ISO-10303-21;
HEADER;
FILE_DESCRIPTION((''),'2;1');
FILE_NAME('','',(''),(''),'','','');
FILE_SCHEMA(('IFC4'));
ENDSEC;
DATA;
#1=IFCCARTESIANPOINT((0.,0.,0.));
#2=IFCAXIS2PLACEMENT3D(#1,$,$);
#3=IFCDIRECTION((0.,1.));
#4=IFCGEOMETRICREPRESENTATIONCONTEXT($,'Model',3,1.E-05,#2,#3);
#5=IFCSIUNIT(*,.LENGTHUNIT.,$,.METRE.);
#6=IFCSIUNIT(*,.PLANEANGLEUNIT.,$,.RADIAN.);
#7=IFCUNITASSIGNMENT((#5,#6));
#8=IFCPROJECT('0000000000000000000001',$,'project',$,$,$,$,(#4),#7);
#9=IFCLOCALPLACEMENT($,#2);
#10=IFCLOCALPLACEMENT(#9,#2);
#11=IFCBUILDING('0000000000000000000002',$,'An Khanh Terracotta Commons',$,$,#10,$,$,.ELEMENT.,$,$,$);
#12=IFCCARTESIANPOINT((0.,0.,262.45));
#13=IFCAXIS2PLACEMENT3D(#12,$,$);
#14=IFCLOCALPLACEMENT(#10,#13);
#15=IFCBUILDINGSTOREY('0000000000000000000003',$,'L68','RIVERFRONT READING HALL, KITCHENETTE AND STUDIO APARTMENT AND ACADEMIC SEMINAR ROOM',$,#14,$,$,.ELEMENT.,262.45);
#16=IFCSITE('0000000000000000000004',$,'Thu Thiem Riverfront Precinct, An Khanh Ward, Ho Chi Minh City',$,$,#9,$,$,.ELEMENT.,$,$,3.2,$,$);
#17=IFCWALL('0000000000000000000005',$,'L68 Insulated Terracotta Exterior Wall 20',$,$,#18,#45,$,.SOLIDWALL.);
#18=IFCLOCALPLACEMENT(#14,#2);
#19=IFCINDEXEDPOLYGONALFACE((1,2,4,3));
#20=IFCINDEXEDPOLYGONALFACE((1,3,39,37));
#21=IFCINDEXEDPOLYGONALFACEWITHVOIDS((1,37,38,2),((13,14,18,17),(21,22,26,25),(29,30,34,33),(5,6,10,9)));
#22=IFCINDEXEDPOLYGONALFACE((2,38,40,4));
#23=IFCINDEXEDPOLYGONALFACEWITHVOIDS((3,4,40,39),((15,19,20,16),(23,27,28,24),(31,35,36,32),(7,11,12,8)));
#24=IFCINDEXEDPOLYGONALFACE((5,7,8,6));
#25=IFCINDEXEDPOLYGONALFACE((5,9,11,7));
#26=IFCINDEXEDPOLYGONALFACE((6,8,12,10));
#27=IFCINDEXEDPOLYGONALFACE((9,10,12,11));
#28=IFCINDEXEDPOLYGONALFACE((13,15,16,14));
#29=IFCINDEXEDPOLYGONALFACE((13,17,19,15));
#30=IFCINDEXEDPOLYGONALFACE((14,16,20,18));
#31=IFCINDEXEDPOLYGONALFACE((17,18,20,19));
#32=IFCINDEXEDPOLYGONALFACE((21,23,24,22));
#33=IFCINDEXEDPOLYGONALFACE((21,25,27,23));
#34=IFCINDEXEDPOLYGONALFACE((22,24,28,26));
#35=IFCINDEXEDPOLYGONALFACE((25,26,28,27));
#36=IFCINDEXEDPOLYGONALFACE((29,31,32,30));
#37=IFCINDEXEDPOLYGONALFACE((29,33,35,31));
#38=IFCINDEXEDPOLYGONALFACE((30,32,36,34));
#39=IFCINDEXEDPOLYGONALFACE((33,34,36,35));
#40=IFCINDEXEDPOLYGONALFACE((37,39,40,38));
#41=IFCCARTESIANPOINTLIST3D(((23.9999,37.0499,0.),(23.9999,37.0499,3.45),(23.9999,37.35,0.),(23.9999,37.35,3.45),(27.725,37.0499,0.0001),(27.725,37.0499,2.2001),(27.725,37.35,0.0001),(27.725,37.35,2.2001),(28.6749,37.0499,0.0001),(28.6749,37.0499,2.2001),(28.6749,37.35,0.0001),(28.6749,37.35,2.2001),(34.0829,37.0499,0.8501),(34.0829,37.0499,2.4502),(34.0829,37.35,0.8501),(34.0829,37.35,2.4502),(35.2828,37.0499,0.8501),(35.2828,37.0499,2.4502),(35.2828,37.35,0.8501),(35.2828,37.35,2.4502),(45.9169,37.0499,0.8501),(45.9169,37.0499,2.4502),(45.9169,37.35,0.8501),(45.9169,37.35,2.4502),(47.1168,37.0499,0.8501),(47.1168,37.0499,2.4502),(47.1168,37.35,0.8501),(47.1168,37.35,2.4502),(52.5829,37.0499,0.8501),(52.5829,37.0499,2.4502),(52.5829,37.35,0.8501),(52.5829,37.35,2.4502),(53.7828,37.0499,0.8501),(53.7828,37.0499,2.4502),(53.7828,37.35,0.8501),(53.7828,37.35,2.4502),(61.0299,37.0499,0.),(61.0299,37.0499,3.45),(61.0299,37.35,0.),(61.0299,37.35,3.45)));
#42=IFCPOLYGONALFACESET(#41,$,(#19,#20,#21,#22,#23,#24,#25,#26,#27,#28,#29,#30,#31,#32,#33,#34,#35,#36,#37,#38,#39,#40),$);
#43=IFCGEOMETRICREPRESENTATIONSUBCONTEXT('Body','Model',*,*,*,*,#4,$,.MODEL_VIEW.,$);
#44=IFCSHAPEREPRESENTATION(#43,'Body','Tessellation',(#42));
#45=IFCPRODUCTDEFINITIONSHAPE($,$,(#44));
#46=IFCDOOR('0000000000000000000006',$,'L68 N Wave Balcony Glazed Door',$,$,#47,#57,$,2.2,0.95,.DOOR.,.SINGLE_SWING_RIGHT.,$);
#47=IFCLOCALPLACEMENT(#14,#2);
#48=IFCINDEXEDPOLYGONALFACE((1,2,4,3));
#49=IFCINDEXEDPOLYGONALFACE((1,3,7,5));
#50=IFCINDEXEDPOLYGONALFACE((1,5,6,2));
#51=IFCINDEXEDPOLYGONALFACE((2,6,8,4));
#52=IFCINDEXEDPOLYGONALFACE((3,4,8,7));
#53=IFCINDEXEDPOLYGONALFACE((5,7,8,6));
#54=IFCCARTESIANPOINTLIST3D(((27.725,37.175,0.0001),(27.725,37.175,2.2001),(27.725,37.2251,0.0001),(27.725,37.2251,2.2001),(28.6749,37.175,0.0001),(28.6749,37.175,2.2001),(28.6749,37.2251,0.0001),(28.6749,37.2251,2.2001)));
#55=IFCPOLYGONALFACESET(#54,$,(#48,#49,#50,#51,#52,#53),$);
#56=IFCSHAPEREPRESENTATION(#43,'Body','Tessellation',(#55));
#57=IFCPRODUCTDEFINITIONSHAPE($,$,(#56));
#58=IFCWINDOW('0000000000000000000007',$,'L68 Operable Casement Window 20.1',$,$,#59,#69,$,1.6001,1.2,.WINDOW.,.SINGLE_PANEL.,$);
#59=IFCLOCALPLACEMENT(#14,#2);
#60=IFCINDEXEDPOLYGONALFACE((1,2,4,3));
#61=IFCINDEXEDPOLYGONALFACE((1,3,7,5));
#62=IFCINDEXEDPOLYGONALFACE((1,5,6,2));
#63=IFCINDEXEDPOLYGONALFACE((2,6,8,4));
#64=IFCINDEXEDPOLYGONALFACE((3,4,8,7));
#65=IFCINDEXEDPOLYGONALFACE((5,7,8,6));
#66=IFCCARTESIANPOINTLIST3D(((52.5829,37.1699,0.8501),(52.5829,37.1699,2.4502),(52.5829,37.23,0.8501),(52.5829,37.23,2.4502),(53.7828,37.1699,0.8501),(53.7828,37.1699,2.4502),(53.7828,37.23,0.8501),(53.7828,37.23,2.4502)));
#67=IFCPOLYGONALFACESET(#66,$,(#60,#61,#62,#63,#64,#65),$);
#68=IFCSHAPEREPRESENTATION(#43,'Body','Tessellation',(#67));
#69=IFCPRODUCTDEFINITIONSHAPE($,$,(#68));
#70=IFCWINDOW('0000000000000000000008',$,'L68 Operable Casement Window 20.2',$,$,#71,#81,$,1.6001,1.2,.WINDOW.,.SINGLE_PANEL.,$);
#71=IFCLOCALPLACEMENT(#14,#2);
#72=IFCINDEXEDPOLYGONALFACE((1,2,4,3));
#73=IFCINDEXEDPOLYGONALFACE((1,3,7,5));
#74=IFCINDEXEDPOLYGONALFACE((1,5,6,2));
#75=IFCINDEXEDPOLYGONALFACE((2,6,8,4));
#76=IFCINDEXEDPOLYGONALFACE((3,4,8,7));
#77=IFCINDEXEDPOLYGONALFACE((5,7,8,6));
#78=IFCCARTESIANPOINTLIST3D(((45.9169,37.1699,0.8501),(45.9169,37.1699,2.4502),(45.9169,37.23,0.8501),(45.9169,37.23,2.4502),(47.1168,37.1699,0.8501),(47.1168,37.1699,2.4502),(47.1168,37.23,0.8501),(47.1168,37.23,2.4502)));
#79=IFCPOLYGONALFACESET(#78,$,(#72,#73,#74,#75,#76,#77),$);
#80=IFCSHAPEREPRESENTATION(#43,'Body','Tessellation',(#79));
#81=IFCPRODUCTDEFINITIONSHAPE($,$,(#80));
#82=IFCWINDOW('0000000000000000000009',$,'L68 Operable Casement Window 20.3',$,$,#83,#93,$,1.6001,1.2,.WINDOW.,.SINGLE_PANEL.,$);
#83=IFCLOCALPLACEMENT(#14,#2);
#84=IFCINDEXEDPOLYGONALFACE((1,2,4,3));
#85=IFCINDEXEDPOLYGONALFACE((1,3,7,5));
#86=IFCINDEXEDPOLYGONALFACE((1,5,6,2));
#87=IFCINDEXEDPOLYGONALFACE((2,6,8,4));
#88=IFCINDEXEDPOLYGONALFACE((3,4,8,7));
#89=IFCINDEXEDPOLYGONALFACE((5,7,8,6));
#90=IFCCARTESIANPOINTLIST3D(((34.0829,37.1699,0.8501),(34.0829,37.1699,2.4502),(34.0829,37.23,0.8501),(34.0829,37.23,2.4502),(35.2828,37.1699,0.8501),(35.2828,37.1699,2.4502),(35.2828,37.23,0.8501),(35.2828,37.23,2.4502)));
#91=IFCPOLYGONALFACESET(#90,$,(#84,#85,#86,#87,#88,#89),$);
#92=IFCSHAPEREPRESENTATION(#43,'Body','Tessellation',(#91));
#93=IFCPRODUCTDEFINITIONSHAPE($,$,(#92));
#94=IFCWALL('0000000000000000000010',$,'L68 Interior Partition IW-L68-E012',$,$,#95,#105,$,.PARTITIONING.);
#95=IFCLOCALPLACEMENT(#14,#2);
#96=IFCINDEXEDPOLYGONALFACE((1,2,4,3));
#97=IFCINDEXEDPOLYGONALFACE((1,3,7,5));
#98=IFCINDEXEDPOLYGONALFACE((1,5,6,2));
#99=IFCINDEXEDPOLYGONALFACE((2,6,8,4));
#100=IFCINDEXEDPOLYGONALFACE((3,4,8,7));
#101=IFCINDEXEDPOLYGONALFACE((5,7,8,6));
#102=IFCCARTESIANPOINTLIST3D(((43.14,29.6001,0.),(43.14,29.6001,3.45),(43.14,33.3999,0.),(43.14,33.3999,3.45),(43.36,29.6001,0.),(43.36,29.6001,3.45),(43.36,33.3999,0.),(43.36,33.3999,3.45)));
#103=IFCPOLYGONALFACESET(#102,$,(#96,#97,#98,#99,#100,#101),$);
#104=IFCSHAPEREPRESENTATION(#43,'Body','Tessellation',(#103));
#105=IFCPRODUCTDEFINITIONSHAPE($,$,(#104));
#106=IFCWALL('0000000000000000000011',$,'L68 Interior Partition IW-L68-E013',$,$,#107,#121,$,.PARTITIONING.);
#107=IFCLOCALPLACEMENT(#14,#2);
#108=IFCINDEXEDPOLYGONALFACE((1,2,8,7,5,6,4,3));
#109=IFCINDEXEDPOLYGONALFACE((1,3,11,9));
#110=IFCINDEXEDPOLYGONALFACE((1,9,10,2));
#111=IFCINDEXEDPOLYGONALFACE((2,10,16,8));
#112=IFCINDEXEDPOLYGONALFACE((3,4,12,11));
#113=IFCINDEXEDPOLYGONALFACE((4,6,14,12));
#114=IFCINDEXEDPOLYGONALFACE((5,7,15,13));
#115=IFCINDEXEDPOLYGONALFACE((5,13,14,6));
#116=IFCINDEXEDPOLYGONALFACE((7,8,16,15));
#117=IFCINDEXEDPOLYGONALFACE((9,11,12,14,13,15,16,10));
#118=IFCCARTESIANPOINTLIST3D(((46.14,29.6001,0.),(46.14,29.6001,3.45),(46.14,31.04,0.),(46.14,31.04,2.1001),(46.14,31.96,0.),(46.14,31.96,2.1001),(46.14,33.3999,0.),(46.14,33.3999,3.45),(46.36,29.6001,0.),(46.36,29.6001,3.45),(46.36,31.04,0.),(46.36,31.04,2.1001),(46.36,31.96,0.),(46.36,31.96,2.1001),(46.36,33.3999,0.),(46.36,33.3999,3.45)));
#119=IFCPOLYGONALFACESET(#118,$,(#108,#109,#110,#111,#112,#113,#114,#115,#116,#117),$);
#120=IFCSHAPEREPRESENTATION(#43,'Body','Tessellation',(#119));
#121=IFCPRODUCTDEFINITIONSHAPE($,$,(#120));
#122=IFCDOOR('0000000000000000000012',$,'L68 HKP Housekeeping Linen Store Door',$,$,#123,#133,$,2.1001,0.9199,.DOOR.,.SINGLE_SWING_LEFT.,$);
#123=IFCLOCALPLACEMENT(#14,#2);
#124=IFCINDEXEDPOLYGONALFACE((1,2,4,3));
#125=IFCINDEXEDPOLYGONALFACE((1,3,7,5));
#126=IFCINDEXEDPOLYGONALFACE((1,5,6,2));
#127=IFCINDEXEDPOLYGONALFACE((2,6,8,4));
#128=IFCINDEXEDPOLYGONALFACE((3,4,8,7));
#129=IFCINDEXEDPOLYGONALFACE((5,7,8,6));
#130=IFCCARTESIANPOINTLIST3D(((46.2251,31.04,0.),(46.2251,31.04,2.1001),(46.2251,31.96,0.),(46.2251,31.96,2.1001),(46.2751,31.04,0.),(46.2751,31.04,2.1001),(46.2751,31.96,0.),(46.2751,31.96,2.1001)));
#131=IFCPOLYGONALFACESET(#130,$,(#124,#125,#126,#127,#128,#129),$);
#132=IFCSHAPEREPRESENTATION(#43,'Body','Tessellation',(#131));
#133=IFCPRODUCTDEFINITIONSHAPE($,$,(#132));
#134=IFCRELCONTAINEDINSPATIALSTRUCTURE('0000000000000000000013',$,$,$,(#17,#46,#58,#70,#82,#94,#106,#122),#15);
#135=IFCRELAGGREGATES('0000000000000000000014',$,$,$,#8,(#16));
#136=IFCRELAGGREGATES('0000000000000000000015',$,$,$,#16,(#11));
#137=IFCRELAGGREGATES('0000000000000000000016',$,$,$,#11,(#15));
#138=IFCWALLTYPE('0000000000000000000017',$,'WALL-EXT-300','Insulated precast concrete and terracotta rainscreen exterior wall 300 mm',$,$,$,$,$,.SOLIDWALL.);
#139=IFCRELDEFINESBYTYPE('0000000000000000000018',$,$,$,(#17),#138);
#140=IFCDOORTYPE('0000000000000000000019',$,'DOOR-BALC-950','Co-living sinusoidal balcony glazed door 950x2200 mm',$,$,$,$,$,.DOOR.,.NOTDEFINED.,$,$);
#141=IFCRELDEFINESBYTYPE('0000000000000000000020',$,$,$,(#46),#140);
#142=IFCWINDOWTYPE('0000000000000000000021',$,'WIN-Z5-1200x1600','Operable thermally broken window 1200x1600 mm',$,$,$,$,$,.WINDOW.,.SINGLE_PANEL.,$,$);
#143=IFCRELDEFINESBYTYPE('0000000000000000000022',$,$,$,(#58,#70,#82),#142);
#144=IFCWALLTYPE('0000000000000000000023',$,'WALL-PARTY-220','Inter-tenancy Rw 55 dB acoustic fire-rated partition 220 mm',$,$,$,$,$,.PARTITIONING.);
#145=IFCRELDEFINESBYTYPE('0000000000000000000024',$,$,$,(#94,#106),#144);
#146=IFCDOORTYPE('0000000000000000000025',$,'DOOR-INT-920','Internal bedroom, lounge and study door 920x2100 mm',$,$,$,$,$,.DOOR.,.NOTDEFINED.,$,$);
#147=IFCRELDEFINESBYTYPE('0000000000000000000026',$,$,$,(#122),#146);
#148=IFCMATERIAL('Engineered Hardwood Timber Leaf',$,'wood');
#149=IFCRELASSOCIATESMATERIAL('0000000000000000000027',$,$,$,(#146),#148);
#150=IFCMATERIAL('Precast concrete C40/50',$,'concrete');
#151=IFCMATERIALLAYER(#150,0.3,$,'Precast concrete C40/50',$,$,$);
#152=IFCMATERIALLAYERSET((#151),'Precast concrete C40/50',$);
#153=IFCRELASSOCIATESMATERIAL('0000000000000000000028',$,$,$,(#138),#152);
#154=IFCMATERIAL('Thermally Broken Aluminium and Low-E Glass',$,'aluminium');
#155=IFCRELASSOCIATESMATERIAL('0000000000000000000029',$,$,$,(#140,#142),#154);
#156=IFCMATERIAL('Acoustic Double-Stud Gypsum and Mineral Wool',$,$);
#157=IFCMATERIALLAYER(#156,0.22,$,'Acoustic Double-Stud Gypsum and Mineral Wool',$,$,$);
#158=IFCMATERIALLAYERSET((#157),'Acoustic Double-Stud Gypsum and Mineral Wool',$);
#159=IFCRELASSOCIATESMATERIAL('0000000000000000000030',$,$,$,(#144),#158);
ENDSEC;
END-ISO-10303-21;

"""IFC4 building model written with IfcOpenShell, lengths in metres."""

from ifc_helpers import new_model, si_unit, direction, frame, frame_2d, origin, place, context, subcontext, project, spatial, rectangle, extrude, material, layer, layer_set, type_object, element, fill, save


model = new_model("IFC4")

# Units and contexts
model_context = context("Model", 3, precision=1e-05, world=origin(), true_north=direction((0.0, 1.0)))
body_context = subcontext(model_context, "Body", "Model", "MODEL_VIEW")
ifc_project = project(units=[si_unit("LENGTHUNIT", "METRE"), si_unit("PLANEANGLEUNIT", "RADIAN")], contexts=[model_context])

# Site, building, storey
site_placement = place(None, origin())
site = spatial("IfcSite", under=ifc_project, at=site_placement, Name="Thu Thiem Riverfront Precinct, An Khanh Ward, Ho Chi Minh City", CompositionType="ELEMENT", RefElevation=3.2)
building_placement = place(site_placement, origin())
building = spatial("IfcBuilding", under=site, at=building_placement, Name="An Khanh Terracotta Commons", CompositionType="ELEMENT")
storey_placement = place(building_placement, frame((0.0, 0.0, 262.45)))
storey = spatial("IfcBuildingStorey", under=building, at=storey_placement, Name="L68", Description="RIVERFRONT READING HALL, KITCHENETTE AND STUDIO APARTMENT AND ACADEMIC SEMINAR ROOM", CompositionType="ELEMENT", Elevation=262.45)

# Shared definitions
ifc_material_1 = material(Name="Engineered Hardwood Timber Leaf", Category="wood")
door_type_1 = type_object("IfcDoorType", Name="DOOR-INT-920", Description="Internal bedroom, lounge and study door 920x2100 mm", OperationType="NOTDEFINED", PredefinedType="DOOR", material=ifc_material_1)

# Wall, openings, door, windows
ifc_material_2 = material(Name="Precast concrete C40/50", Category="concrete")
ifc_layer_1 = layer(ifc_material_2, 0.3, Name="Precast concrete C40/50")
ifc_layer_set_1 = layer_set([ifc_layer_1], Name="Precast concrete C40/50")
wall_type_1 = type_object("IfcWallType", Name="WALL-EXT-300", Description="Insulated precast concrete and terracotta rainscreen exterior wall 300 mm", PredefinedType="SOLIDWALL", material=ifc_layer_set_1)
wall_1_placement = place(storey_placement, frame((61.03, 37.2, 0.0), z_axis=(0.0, 0.0, 1.0), x_axis=(-1.0, 0.0, 0.0)))
wall_1 = element("IfcWall", 1, at=wall_1_placement, inside=storey, type_object=wall_type_1, Name="L68 Insulated Terracotta Exterior Wall 20", PredefinedType="SOLIDWALL", context=body_context, shape_type="SweptSolid", body=[
    extrude(rectangle(XDim=37.03, YDim=0.3, at=frame_2d((18.5151, 0.0))), origin(), (0.0, 0.0, 1.0), 3.45),
])
opening_1_placement = place(wall_1_placement, frame((32.355, 0.0, 0.0)))
opening_1 = element("IfcOpeningElement", 2, at=opening_1_placement, cuts=wall_1, PredefinedType="OPENING", context=body_context, shape_type="SweptSolid", body=[
    extrude(rectangle(XDim=0.95, YDim=2.2, at=frame_2d((0.4751, 1.1001))), frame((0.0, 0.1599, 0.0), z_axis=(0.0, -1.0, 0.0), x_axis=(1.0, 0.0, 0.0)), (0.0, 0.0, 1.0), 0.3201),
])
opening_2_placement = place(wall_1_placement, frame((7.2471, 0.0, 0.8501)))
opening_2 = element("IfcOpeningElement", 3, at=opening_2_placement, cuts=wall_1, PredefinedType="OPENING", context=body_context, shape_type="SweptSolid", body=[
    extrude(rectangle(XDim=1.2, YDim=1.6001, at=frame_2d((0.6001, 0.8))), frame((0.0, 0.1599, 0.0), z_axis=(0.0, -1.0, 0.0), x_axis=(1.0, 0.0, 0.0)), (0.0, 0.0, 1.0), 0.3201),
])
opening_3_placement = place(wall_1_placement, frame((13.9131, 0.0, 0.8501)))
opening_3 = element("IfcOpeningElement", 4, at=opening_3_placement, cuts=wall_1, PredefinedType="OPENING", context=body_context, shape_type="SweptSolid", body=[
    extrude(rectangle(XDim=1.2, YDim=1.6001, at=frame_2d((0.6001, 0.8))), frame((0.0, 0.1599, 0.0), z_axis=(0.0, -1.0, 0.0), x_axis=(1.0, 0.0, 0.0)), (0.0, 0.0, 1.0), 0.3201),
])
opening_4_placement = place(wall_1_placement, frame((25.7471, 0.0, 0.8501)))
opening_4 = element("IfcOpeningElement", 5, at=opening_4_placement, cuts=wall_1, PredefinedType="OPENING", context=body_context, shape_type="SweptSolid", body=[
    extrude(rectangle(XDim=1.2, YDim=1.6001, at=frame_2d((0.6001, 0.8))), frame((0.0, 0.1599, 0.0), z_axis=(0.0, -1.0, 0.0), x_axis=(1.0, 0.0, 0.0)), (0.0, 0.0, 1.0), 0.3201),
])
ifc_material_3 = material(Name="Thermally Broken Aluminium and Low-E Glass", Category="aluminium")
door_type_2 = type_object("IfcDoorType", Name="DOOR-BALC-950", Description="Co-living sinusoidal balcony glazed door 950x2200 mm", OperationType="NOTDEFINED", PredefinedType="DOOR", material=ifc_material_3)
door_1_placement = place(opening_1_placement, origin())
door_1 = element("IfcDoor", 6, at=door_1_placement, inside=storey, type_object=door_type_2, Name="L68 N Wave Balcony Glazed Door", OperationType="SINGLE_SWING_RIGHT", OverallHeight=2.2, OverallWidth=0.95, PredefinedType="DOOR", context=body_context, shape_type="SweptSolid", body=[
    extrude(rectangle(XDim=0.95, YDim=2.2, at=frame_2d((0.4751, 1.1001))), frame((0.0, 0.0249, 0.0), z_axis=(0.0, -1.0, 0.0), x_axis=(1.0, 0.0, 0.0)), (0.0, 0.0, 1.0), 0.05),
])
fill(opening_1, door_1)
window_type = type_object("IfcWindowType", Name="WIN-Z5-1200x1600", Description="Operable thermally broken window 1200x1600 mm", PartitioningType="SINGLE_PANEL", PredefinedType="WINDOW", material=ifc_material_3)
window_1_placement = place(opening_2_placement, origin())
window_1 = element("IfcWindow", 7, at=window_1_placement, inside=storey, type_object=window_type, Name="L68 Operable Casement Window 20.1", OverallHeight=1.6001, OverallWidth=1.2, PartitioningType="SINGLE_PANEL", PredefinedType="WINDOW", context=body_context, shape_type="SweptSolid", body=[
    extrude(rectangle(XDim=1.2, YDim=1.6001, at=frame_2d((0.6001, 0.8))), frame((0.0, 0.03, 0.0), z_axis=(0.0, -1.0, 0.0), x_axis=(1.0, 0.0, 0.0)), (0.0, 0.0, 1.0), 0.0601),
])
fill(opening_2, window_1)
window_2_placement = place(opening_3_placement, origin())
window_2 = element("IfcWindow", 8, at=window_2_placement, inside=storey, type_object=window_type, Name="L68 Operable Casement Window 20.2", OverallHeight=1.6001, OverallWidth=1.2, PartitioningType="SINGLE_PANEL", PredefinedType="WINDOW", context=body_context, shape_type="SweptSolid", body=[
    extrude(rectangle(XDim=1.2, YDim=1.6001, at=frame_2d((0.6001, 0.8))), frame((0.0, 0.03, 0.0), z_axis=(0.0, -1.0, 0.0), x_axis=(1.0, 0.0, 0.0)), (0.0, 0.0, 1.0), 0.0601),
])
fill(opening_3, window_2)
window_3_placement = place(opening_4_placement, origin())
window_3 = element("IfcWindow", 9, at=window_3_placement, inside=storey, type_object=window_type, Name="L68 Operable Casement Window 20.3", OverallHeight=1.6001, OverallWidth=1.2, PartitioningType="SINGLE_PANEL", PredefinedType="WINDOW", context=body_context, shape_type="SweptSolid", body=[
    extrude(rectangle(XDim=1.2, YDim=1.6001, at=frame_2d((0.6001, 0.8))), frame((0.0, 0.03, 0.0), z_axis=(0.0, -1.0, 0.0), x_axis=(1.0, 0.0, 0.0)), (0.0, 0.0, 1.0), 0.0601),
])
fill(opening_4, window_3)

# Wall
ifc_material_4 = material(Name="Acoustic Double-Stud Gypsum and Mineral Wool")
ifc_layer_2 = layer(ifc_material_4, 0.22, Name="Acoustic Double-Stud Gypsum and Mineral Wool")
ifc_layer_set_2 = layer_set([ifc_layer_2], Name="Acoustic Double-Stud Gypsum and Mineral Wool")
wall_type_2 = type_object("IfcWallType", Name="WALL-PARTY-220", Description="Inter-tenancy Rw 55 dB acoustic fire-rated partition 220 mm", PredefinedType="PARTITIONING", material=ifc_layer_set_2)
wall_2_placement = place(storey_placement, frame((43.25, 29.6001, 0.0), z_axis=(0.0, 0.0, 1.0), x_axis=(0.0, 1.0, 0.0)))
element("IfcWall", 10, at=wall_2_placement, inside=storey, type_object=wall_type_2, Name="L68 Interior Partition IW-L68-E012", PredefinedType="PARTITIONING", context=body_context, shape_type="SweptSolid", body=[
    extrude(rectangle(XDim=3.7998, YDim=0.22, at=frame_2d((1.8999, 0.0))), origin(), (0.0, 0.0, 1.0), 3.45),
])

# Wall, opening, door
wall_3_placement = place(storey_placement, frame((46.25, 29.6001, 0.0), z_axis=(0.0, 0.0, 1.0), x_axis=(0.0, 1.0, 0.0)))
wall_3 = element("IfcWall", 11, at=wall_3_placement, inside=storey, type_object=wall_type_2, Name="L68 Interior Partition IW-L68-E013", PredefinedType="PARTITIONING", context=body_context, shape_type="SweptSolid", body=[
    extrude(rectangle(XDim=3.7998, YDim=0.22, at=frame_2d((1.8999, 0.0))), origin(), (0.0, 0.0, 1.0), 3.45),
])
opening_5_placement = place(wall_3_placement, frame((1.4399, 0.0, 0.0)))
opening_5 = element("IfcOpeningElement", 12, at=opening_5_placement, cuts=wall_3, PredefinedType="OPENING", context=body_context, shape_type="SweptSolid", body=[
    extrude(rectangle(XDim=0.9199, YDim=2.1001, at=frame_2d((0.46, 1.05))), frame((0.0, 0.1199, 0.0), z_axis=(0.0, -1.0, 0.0), x_axis=(1.0, 0.0, 0.0)), (0.0, 0.0, 1.0), 0.24),
])
door_2_placement = place(opening_5_placement, origin())
door_2 = element("IfcDoor", 13, at=door_2_placement, inside=storey, type_object=door_type_1, Name="L68 HKP Housekeeping Linen Store Door", OperationType="SINGLE_SWING_LEFT", OverallHeight=2.1001, OverallWidth=0.9199, PredefinedType="DOOR", context=body_context, shape_type="SweptSolid", body=[
    extrude(rectangle(XDim=0.9199, YDim=2.1001, at=frame_2d((0.46, 1.05))), frame((0.0, 0.0249, 0.0), z_axis=(0.0, -1.0, 0.0), x_axis=(1.0, 0.0, 0.0)), (0.0, 0.0, 1.0), 0.05),
])
fill(opening_5, door_2)

save(model, "model.ifc")
